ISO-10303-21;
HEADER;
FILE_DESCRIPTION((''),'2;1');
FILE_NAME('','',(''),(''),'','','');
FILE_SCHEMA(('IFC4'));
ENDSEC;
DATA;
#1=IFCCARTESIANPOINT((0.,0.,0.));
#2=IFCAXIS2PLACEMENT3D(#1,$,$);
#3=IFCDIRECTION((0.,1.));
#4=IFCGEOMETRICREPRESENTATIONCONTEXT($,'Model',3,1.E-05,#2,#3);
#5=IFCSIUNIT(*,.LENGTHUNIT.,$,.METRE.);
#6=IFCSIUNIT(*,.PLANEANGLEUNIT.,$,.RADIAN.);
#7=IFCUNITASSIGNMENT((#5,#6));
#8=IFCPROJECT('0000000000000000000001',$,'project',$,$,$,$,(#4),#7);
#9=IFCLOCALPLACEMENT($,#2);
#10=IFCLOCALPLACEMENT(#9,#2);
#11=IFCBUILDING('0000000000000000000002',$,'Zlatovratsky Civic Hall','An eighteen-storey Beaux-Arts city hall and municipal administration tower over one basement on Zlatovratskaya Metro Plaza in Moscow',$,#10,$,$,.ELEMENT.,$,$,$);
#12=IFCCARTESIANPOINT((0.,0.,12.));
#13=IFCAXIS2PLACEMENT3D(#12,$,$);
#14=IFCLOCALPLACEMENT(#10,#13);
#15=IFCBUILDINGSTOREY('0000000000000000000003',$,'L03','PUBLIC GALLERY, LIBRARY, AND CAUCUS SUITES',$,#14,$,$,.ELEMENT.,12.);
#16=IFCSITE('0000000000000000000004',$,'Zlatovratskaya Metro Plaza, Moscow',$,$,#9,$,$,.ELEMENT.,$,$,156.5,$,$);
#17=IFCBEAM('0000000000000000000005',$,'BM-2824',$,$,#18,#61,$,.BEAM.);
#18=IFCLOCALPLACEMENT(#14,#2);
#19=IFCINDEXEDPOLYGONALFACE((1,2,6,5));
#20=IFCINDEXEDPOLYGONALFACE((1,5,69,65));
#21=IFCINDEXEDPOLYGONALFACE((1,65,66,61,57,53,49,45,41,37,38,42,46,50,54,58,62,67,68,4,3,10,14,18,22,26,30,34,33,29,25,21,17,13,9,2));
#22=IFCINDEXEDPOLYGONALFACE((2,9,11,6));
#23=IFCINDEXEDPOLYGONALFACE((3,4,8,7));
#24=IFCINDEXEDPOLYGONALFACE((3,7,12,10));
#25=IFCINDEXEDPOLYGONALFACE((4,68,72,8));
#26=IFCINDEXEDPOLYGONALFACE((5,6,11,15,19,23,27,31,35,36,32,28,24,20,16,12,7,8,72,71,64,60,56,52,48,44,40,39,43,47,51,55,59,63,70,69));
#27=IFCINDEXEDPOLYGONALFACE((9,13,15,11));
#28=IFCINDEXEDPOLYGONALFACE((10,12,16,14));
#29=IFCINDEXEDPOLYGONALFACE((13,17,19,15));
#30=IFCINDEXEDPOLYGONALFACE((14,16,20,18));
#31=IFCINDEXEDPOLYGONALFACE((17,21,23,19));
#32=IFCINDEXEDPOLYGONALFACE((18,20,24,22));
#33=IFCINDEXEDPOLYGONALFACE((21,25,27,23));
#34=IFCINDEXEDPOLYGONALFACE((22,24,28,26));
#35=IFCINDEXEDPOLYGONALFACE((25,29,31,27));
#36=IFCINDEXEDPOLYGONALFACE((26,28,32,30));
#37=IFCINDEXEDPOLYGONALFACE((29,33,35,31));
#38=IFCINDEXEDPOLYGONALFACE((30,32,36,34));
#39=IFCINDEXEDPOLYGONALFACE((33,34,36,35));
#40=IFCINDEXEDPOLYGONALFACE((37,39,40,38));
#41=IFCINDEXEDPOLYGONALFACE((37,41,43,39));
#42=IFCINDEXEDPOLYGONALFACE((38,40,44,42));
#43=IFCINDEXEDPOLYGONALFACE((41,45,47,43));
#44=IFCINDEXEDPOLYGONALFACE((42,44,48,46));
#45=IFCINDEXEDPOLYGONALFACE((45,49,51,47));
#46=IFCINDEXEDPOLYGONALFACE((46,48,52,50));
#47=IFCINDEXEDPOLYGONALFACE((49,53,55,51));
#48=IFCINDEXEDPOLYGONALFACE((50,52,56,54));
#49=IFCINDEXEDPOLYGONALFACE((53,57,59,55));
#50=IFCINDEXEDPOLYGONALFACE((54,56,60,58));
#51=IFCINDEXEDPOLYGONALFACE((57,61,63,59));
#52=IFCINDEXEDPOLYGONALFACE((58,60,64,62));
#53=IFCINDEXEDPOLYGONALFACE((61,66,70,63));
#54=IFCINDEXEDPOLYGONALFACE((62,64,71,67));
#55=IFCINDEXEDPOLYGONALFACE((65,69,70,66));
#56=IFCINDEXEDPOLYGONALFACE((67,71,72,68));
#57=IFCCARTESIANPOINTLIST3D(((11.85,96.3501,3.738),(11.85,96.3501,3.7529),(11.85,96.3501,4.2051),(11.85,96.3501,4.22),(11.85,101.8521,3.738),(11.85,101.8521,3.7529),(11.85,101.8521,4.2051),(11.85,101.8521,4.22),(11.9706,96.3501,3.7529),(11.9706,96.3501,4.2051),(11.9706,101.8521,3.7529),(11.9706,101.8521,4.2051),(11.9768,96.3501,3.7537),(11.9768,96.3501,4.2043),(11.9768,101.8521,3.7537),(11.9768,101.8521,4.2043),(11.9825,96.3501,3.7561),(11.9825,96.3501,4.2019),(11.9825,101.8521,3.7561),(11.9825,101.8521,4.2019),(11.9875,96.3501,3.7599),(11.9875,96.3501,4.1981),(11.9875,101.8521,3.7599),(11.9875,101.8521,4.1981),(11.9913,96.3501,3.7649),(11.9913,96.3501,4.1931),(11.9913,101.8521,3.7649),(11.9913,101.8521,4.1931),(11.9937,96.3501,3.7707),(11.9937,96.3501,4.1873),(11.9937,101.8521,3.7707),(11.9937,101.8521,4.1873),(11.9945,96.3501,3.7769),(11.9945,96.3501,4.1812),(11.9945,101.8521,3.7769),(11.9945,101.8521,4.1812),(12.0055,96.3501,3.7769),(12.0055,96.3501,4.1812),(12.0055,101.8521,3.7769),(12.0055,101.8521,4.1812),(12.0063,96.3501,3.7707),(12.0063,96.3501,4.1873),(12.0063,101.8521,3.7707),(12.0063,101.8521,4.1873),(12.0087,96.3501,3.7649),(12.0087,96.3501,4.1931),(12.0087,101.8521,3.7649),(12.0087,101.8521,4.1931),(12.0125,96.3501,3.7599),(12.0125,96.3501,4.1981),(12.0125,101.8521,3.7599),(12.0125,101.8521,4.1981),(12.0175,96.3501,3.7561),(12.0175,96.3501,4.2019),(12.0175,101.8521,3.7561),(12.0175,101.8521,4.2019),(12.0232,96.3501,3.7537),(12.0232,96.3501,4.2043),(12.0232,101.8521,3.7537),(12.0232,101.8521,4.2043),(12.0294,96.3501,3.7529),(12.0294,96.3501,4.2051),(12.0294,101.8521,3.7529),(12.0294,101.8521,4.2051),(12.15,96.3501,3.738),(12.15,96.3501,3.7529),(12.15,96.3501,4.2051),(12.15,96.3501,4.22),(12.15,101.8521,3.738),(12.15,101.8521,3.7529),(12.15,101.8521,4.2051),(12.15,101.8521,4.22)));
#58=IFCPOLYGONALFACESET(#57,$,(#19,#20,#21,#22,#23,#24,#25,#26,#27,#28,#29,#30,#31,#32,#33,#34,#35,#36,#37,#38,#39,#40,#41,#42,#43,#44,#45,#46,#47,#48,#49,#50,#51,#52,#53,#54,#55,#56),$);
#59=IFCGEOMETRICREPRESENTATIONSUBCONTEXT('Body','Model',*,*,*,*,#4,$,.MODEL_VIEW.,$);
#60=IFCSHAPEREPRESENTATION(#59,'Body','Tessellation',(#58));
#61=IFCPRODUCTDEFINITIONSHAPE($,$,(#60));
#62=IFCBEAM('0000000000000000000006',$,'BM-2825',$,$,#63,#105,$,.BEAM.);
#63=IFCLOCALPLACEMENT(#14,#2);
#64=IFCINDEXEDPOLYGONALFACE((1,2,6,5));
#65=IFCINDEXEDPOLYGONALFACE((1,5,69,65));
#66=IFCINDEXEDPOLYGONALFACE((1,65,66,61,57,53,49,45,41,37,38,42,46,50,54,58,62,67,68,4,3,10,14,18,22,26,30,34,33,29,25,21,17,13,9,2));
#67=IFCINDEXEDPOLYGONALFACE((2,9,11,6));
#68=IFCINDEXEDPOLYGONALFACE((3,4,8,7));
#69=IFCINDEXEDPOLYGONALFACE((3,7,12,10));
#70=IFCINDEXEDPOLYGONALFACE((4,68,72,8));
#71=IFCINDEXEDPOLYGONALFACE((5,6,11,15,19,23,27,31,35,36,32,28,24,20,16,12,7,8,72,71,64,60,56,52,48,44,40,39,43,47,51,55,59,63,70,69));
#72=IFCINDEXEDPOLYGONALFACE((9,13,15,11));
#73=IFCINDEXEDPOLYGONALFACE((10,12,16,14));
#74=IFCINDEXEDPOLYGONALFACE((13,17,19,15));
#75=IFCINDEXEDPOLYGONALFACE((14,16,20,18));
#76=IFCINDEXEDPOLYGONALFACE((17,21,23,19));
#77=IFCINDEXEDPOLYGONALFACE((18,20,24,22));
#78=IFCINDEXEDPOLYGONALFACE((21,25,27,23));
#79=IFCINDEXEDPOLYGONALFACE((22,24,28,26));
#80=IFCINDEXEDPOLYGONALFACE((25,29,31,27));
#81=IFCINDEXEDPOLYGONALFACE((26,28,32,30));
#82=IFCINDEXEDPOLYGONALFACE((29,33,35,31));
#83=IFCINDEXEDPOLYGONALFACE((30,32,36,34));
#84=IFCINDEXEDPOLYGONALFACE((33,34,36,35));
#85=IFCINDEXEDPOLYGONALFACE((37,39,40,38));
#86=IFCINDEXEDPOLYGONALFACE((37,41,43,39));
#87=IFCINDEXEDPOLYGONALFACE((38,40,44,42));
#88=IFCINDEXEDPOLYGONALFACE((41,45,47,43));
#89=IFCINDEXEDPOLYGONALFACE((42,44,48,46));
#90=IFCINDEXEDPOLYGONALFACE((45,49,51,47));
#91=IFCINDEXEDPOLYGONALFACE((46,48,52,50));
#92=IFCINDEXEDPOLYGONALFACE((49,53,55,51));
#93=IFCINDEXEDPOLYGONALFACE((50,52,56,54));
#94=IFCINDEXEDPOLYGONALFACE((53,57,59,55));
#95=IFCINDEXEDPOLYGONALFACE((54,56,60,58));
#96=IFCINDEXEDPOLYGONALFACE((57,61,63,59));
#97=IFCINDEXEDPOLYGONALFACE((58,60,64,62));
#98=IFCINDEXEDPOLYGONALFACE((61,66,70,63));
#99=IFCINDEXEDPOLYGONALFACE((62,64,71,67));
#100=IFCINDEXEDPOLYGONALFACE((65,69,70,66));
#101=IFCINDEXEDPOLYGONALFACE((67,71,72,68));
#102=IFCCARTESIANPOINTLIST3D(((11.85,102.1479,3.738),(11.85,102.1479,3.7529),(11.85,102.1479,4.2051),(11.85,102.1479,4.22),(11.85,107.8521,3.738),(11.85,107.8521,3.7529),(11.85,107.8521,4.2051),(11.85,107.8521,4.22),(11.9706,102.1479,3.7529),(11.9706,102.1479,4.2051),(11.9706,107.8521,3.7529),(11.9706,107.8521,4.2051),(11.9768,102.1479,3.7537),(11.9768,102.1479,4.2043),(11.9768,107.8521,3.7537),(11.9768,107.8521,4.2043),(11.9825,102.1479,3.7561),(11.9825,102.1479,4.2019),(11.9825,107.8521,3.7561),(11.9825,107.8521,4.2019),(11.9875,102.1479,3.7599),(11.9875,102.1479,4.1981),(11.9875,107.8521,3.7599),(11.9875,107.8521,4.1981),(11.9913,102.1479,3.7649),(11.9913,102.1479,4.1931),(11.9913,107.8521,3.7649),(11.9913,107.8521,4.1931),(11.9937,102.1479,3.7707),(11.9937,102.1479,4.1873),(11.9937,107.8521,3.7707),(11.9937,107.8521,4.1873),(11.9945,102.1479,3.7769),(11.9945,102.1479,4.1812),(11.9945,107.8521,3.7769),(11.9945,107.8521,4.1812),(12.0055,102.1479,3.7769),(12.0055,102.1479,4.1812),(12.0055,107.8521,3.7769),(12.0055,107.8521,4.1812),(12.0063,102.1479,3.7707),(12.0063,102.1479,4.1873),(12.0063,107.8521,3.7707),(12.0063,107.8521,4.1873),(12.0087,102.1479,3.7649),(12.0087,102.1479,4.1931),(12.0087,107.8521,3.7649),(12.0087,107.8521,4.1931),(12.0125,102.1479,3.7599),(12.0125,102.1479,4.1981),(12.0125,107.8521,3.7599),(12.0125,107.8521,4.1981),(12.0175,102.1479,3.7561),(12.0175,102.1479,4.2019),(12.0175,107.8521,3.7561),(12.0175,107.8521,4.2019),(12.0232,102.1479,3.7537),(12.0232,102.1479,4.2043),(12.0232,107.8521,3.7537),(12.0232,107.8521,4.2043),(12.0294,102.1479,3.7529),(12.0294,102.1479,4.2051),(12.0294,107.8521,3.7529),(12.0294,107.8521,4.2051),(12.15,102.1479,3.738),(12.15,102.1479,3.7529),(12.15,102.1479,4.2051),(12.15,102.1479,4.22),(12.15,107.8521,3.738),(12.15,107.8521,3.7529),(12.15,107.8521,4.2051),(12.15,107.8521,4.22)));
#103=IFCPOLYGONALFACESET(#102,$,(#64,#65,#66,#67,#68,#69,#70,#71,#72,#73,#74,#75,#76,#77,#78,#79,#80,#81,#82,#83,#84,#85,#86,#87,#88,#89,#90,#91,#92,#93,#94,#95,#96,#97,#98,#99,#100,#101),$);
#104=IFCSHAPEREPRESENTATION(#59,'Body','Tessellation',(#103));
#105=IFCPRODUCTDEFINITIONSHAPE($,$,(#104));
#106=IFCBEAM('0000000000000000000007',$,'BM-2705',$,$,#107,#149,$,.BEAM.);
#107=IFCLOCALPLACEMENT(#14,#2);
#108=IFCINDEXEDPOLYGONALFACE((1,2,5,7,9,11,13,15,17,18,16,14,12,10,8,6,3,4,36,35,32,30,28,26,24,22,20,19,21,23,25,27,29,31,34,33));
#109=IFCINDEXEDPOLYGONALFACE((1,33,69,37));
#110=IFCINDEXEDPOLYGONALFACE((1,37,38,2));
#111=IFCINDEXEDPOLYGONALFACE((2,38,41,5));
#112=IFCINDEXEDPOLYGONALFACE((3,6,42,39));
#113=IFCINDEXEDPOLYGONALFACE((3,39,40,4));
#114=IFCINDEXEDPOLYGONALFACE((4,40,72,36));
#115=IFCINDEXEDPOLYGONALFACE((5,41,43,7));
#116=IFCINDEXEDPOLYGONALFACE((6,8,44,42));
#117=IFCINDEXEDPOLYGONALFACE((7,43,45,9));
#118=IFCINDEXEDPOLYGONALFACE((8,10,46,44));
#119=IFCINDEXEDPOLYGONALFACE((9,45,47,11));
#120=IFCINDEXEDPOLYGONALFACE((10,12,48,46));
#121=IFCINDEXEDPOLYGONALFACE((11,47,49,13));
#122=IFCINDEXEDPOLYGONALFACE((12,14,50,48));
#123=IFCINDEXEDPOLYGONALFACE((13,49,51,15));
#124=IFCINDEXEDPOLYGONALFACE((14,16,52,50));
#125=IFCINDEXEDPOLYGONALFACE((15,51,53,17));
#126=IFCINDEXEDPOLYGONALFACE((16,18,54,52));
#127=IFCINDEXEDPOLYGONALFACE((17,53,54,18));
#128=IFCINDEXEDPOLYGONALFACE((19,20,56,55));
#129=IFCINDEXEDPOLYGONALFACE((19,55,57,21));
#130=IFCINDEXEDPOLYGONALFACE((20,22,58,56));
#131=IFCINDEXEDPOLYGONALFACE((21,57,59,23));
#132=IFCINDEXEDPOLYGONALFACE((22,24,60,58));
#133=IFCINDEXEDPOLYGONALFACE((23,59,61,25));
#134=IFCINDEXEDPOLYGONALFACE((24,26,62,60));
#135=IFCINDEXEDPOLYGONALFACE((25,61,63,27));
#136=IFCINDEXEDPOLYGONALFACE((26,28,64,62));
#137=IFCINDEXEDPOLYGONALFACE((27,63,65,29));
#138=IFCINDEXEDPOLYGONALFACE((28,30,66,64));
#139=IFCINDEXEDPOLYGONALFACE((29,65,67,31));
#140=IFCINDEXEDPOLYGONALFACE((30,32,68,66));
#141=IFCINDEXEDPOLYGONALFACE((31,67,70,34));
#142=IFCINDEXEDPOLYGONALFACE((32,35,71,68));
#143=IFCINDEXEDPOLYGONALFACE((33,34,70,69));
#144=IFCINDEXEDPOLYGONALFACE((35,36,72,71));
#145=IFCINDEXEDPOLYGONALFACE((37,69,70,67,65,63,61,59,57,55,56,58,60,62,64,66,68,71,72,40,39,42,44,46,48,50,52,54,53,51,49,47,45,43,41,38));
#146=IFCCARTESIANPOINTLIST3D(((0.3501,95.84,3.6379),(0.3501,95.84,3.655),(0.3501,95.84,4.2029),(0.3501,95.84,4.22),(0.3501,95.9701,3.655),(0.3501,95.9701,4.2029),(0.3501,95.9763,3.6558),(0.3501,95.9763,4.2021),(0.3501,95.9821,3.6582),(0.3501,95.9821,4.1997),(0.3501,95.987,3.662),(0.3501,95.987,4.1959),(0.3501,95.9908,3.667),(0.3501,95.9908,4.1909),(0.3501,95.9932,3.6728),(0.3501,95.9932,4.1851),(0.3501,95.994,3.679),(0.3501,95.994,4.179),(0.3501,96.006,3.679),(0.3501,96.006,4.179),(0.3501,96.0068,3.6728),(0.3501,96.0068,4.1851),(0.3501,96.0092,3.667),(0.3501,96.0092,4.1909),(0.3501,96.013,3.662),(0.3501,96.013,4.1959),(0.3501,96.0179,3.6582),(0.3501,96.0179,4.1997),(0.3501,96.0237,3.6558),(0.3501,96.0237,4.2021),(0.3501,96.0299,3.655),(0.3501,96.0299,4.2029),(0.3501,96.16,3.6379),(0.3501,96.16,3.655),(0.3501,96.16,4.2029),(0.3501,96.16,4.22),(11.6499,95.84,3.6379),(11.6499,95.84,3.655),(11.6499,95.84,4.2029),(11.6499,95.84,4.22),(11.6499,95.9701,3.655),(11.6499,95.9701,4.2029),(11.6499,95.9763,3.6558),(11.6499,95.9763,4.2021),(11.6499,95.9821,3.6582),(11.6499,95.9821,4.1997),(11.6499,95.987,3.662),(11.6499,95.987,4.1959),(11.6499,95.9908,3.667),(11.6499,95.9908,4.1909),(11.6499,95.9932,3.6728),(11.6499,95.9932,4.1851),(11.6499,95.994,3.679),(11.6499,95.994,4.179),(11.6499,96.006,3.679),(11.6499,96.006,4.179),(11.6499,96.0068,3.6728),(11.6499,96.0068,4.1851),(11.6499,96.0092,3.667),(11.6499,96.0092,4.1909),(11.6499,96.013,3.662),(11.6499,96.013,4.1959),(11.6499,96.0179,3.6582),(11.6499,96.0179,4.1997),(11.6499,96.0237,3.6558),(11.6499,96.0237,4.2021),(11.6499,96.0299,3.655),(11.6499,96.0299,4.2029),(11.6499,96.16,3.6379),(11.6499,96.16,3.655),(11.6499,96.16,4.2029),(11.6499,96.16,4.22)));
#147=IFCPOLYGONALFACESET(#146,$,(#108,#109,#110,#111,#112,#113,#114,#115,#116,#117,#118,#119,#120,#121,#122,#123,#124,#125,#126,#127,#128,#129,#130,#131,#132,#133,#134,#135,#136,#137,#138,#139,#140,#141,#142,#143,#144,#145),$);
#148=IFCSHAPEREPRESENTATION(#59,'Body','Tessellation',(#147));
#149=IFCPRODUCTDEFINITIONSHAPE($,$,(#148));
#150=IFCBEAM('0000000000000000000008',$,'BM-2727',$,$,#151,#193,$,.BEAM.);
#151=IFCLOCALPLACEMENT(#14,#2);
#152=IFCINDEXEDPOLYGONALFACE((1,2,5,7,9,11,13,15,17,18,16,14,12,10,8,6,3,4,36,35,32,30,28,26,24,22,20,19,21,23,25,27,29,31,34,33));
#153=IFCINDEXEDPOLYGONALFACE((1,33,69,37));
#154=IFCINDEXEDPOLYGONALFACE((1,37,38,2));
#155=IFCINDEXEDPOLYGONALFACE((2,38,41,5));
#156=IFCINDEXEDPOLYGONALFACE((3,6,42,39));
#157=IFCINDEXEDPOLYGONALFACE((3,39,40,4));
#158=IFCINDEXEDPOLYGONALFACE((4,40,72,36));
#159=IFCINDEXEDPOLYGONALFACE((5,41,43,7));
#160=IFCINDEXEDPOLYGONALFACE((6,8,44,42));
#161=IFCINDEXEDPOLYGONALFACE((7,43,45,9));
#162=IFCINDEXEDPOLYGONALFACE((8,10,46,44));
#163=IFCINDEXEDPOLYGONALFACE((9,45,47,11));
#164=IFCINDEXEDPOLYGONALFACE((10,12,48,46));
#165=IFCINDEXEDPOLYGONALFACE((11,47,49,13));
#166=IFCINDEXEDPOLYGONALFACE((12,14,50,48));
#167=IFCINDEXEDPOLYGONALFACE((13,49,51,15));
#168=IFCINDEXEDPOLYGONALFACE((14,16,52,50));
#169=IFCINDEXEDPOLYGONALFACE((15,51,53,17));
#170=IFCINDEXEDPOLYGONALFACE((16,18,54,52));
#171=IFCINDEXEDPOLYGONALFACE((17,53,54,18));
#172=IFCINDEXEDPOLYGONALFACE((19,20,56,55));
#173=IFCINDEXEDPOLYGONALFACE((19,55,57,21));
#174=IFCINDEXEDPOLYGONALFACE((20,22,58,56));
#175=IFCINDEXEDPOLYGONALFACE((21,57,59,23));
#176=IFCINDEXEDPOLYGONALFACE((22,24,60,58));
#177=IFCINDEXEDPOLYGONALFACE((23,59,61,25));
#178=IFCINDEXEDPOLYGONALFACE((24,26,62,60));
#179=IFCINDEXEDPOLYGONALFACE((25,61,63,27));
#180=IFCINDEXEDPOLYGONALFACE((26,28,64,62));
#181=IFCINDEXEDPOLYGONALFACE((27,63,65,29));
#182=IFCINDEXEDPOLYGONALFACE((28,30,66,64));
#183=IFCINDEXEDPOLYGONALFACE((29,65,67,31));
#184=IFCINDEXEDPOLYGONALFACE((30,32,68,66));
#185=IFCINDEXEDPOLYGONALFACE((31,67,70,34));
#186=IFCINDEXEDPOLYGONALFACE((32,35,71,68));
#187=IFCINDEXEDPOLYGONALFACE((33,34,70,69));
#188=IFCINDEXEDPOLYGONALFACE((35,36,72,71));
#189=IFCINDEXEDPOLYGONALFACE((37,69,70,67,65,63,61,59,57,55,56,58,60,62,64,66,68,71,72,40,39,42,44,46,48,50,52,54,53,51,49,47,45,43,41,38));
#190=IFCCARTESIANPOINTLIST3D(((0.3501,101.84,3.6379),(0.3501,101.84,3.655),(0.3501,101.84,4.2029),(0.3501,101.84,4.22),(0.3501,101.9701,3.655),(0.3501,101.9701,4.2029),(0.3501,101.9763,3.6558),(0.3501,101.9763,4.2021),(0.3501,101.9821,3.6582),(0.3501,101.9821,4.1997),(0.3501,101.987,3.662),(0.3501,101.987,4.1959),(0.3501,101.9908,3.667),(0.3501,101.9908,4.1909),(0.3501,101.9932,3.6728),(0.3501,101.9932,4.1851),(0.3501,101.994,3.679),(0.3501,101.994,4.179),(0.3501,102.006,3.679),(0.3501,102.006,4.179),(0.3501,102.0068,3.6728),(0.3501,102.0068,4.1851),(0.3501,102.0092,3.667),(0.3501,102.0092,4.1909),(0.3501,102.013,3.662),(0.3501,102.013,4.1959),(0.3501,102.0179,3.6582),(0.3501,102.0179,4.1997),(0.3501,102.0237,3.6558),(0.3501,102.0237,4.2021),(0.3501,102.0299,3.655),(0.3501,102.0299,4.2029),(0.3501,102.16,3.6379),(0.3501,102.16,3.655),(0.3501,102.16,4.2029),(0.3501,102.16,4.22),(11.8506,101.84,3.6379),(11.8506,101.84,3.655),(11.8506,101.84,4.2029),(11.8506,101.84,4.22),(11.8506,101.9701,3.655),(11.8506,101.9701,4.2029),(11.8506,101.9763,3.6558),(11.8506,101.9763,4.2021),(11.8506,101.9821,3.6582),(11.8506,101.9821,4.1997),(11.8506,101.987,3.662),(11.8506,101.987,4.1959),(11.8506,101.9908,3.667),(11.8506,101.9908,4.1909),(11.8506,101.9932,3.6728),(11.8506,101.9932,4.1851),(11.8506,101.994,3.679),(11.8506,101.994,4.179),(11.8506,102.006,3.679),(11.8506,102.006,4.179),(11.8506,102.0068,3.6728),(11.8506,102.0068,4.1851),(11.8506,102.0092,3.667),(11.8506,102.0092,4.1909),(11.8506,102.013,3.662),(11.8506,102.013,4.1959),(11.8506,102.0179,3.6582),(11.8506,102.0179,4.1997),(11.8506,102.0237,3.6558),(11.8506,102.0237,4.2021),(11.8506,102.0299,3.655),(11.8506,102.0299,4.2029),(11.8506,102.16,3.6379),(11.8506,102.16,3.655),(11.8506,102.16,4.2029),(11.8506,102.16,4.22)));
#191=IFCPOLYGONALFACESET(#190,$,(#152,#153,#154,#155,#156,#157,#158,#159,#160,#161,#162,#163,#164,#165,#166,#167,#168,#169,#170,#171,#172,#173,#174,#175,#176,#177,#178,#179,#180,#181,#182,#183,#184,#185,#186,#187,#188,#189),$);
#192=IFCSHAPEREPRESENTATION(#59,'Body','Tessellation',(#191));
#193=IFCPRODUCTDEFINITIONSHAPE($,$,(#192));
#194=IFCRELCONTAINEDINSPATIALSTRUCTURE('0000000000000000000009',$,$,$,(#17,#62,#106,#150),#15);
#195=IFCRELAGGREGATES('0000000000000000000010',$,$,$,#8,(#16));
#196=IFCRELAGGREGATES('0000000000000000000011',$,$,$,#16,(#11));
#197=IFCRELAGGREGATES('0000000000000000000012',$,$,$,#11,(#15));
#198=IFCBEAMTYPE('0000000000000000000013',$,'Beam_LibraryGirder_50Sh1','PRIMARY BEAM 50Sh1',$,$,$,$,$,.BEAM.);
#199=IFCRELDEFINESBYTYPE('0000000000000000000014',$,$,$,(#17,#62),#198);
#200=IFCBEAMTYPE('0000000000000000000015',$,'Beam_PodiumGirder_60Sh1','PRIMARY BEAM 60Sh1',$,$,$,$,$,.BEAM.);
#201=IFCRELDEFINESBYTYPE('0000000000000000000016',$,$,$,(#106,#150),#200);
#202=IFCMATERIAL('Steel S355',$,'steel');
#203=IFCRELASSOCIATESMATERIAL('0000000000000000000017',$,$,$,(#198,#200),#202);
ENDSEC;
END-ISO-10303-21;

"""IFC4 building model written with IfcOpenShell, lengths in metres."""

from ifc_helpers import new_model, si_unit, direction, frame, origin, origin_2d, place, context, subcontext, project, spatial, i_section, extrude, material, material_profile, profile_set, type_object, element, save


model = new_model("IFC4")

# Units and contexts
model_context = context("Model", 3, precision=1e-05, world=origin(), true_north=direction((0.0, 1.0)))
body_context = subcontext(model_context, "Body", "Model", "MODEL_VIEW")
ifc_project = project(units=[si_unit("LENGTHUNIT", "METRE"), si_unit("PLANEANGLEUNIT", "RADIAN")], contexts=[model_context])

# Site, building, storey
site_placement = place(None, origin())
site = spatial("IfcSite", under=ifc_project, at=site_placement, Name="Zlatovratskaya Metro Plaza, Moscow", CompositionType="ELEMENT", RefElevation=156.5)
building_placement = place(site_placement, origin())
building = spatial("IfcBuilding", under=site, at=building_placement, Name="Zlatovratsky Civic Hall", Description="An eighteen-storey Beaux-Arts city hall and municipal administration tower over one basement on Zlatovratskaya Metro Plaza in Moscow", CompositionType="ELEMENT")
storey_placement = place(building_placement, frame((0.0, 0.0, 12.0)))
storey = spatial("IfcBuildingStorey", under=building, at=storey_placement, Name="L03", Description="PUBLIC GALLERY, LIBRARY, AND CAUCUS SUITES", CompositionType="ELEMENT", Elevation=12.0)

# Shared definitions
ifc_material_1 = material(Name="Steel S355", Category="steel")

# Beams
ifc_material_profile_1 = material_profile(ifc_material_1, i_section(OverallWidth=0.3, OverallDepth=0.4819, WebThickness=0.011, FlangeThickness=0.0149, FilletRadius=0.0239, at=origin_2d()), Name="50Sh1")
ifc_profile_set_1 = profile_set([ifc_material_profile_1], Name="Steel S355")
beam_type_1 = type_object("IfcBeamType", Name="Beam_LibraryGirder_50Sh1", Description="PRIMARY BEAM 50Sh1", PredefinedType="BEAM", material=ifc_profile_set_1)
beam_1_placement = place(storey_placement, frame((12.0, 96.3501, 3.979), z_axis=(0.0, 1.0, 0.0), x_axis=(-1.0, 0.0, 0.0)))
element("IfcBeam", 1, at=beam_1_placement, inside=storey, type_object=beam_type_1, Name="BM-2824", PredefinedType="BEAM", context=body_context, shape_type="SweptSolid", body=[
    extrude(i_section(OverallWidth=0.3, OverallDepth=0.4819, WebThickness=0.011, FlangeThickness=0.0149, FilletRadius=0.0239, at=origin_2d()), origin(), (0.0, 0.0, 1.0), 5.502),
])
beam_2_placement = place(storey_placement, frame((12.0, 102.1479, 3.979), z_axis=(0.0, 1.0, 0.0), x_axis=(-1.0, 0.0, 0.0)))
element("IfcBeam", 2, at=beam_2_placement, inside=storey, type_object=beam_type_1, Name="BM-2825", PredefinedType="BEAM", context=body_context, shape_type="SweptSolid", body=[
    extrude(i_section(OverallWidth=0.3, OverallDepth=0.4819, WebThickness=0.011, FlangeThickness=0.0149, FilletRadius=0.0239, at=origin_2d()), origin(), (0.0, 0.0, 1.0), 5.7041),
])
ifc_material_profile_2 = material_profile(ifc_material_1, i_section(OverallWidth=0.3201, OverallDepth=0.582, WebThickness=0.012, FlangeThickness=0.0171, FilletRadius=0.0239, at=origin_2d()), Name="60Sh1")
ifc_profile_set_2 = profile_set([ifc_material_profile_2], Name="Steel S355")
beam_type_2 = type_object("IfcBeamType", Name="Beam_PodiumGirder_60Sh1", Description="PRIMARY BEAM 60Sh1", PredefinedType="BEAM", material=ifc_profile_set_2)
beam_3_placement = place(storey_placement, frame((0.3501, 96.0, 3.929), z_axis=(1.0, 0.0, 0.0), x_axis=(0.0, 1.0, 0.0)))
element("IfcBeam", 3, at=beam_3_placement, inside=storey, type_object=beam_type_2, Name="BM-2705", PredefinedType="BEAM", context=body_context, shape_type="SweptSolid", body=[
    extrude(i_section(OverallWidth=0.3201, OverallDepth=0.582, WebThickness=0.012, FlangeThickness=0.0171, FilletRadius=0.0239, at=origin_2d()), origin(), (0.0, 0.0, 1.0), 11.2998),
])
beam_4_placement = place(storey_placement, frame((0.3501, 102.0, 3.929), z_axis=(1.0, 0.0, 0.0), x_axis=(0.0, 1.0, 0.0)))
element("IfcBeam", 4, at=beam_4_placement, inside=storey, type_object=beam_type_2, Name="BM-2727", PredefinedType="BEAM", context=body_context, shape_type="SweptSolid", body=[
    extrude(i_section(OverallWidth=0.3201, OverallDepth=0.582, WebThickness=0.012, FlangeThickness=0.0171, FilletRadius=0.0239, at=origin_2d()), origin(), (0.0, 0.0, 1.0), 11.5005),
])

save(model, "model.ifc")
